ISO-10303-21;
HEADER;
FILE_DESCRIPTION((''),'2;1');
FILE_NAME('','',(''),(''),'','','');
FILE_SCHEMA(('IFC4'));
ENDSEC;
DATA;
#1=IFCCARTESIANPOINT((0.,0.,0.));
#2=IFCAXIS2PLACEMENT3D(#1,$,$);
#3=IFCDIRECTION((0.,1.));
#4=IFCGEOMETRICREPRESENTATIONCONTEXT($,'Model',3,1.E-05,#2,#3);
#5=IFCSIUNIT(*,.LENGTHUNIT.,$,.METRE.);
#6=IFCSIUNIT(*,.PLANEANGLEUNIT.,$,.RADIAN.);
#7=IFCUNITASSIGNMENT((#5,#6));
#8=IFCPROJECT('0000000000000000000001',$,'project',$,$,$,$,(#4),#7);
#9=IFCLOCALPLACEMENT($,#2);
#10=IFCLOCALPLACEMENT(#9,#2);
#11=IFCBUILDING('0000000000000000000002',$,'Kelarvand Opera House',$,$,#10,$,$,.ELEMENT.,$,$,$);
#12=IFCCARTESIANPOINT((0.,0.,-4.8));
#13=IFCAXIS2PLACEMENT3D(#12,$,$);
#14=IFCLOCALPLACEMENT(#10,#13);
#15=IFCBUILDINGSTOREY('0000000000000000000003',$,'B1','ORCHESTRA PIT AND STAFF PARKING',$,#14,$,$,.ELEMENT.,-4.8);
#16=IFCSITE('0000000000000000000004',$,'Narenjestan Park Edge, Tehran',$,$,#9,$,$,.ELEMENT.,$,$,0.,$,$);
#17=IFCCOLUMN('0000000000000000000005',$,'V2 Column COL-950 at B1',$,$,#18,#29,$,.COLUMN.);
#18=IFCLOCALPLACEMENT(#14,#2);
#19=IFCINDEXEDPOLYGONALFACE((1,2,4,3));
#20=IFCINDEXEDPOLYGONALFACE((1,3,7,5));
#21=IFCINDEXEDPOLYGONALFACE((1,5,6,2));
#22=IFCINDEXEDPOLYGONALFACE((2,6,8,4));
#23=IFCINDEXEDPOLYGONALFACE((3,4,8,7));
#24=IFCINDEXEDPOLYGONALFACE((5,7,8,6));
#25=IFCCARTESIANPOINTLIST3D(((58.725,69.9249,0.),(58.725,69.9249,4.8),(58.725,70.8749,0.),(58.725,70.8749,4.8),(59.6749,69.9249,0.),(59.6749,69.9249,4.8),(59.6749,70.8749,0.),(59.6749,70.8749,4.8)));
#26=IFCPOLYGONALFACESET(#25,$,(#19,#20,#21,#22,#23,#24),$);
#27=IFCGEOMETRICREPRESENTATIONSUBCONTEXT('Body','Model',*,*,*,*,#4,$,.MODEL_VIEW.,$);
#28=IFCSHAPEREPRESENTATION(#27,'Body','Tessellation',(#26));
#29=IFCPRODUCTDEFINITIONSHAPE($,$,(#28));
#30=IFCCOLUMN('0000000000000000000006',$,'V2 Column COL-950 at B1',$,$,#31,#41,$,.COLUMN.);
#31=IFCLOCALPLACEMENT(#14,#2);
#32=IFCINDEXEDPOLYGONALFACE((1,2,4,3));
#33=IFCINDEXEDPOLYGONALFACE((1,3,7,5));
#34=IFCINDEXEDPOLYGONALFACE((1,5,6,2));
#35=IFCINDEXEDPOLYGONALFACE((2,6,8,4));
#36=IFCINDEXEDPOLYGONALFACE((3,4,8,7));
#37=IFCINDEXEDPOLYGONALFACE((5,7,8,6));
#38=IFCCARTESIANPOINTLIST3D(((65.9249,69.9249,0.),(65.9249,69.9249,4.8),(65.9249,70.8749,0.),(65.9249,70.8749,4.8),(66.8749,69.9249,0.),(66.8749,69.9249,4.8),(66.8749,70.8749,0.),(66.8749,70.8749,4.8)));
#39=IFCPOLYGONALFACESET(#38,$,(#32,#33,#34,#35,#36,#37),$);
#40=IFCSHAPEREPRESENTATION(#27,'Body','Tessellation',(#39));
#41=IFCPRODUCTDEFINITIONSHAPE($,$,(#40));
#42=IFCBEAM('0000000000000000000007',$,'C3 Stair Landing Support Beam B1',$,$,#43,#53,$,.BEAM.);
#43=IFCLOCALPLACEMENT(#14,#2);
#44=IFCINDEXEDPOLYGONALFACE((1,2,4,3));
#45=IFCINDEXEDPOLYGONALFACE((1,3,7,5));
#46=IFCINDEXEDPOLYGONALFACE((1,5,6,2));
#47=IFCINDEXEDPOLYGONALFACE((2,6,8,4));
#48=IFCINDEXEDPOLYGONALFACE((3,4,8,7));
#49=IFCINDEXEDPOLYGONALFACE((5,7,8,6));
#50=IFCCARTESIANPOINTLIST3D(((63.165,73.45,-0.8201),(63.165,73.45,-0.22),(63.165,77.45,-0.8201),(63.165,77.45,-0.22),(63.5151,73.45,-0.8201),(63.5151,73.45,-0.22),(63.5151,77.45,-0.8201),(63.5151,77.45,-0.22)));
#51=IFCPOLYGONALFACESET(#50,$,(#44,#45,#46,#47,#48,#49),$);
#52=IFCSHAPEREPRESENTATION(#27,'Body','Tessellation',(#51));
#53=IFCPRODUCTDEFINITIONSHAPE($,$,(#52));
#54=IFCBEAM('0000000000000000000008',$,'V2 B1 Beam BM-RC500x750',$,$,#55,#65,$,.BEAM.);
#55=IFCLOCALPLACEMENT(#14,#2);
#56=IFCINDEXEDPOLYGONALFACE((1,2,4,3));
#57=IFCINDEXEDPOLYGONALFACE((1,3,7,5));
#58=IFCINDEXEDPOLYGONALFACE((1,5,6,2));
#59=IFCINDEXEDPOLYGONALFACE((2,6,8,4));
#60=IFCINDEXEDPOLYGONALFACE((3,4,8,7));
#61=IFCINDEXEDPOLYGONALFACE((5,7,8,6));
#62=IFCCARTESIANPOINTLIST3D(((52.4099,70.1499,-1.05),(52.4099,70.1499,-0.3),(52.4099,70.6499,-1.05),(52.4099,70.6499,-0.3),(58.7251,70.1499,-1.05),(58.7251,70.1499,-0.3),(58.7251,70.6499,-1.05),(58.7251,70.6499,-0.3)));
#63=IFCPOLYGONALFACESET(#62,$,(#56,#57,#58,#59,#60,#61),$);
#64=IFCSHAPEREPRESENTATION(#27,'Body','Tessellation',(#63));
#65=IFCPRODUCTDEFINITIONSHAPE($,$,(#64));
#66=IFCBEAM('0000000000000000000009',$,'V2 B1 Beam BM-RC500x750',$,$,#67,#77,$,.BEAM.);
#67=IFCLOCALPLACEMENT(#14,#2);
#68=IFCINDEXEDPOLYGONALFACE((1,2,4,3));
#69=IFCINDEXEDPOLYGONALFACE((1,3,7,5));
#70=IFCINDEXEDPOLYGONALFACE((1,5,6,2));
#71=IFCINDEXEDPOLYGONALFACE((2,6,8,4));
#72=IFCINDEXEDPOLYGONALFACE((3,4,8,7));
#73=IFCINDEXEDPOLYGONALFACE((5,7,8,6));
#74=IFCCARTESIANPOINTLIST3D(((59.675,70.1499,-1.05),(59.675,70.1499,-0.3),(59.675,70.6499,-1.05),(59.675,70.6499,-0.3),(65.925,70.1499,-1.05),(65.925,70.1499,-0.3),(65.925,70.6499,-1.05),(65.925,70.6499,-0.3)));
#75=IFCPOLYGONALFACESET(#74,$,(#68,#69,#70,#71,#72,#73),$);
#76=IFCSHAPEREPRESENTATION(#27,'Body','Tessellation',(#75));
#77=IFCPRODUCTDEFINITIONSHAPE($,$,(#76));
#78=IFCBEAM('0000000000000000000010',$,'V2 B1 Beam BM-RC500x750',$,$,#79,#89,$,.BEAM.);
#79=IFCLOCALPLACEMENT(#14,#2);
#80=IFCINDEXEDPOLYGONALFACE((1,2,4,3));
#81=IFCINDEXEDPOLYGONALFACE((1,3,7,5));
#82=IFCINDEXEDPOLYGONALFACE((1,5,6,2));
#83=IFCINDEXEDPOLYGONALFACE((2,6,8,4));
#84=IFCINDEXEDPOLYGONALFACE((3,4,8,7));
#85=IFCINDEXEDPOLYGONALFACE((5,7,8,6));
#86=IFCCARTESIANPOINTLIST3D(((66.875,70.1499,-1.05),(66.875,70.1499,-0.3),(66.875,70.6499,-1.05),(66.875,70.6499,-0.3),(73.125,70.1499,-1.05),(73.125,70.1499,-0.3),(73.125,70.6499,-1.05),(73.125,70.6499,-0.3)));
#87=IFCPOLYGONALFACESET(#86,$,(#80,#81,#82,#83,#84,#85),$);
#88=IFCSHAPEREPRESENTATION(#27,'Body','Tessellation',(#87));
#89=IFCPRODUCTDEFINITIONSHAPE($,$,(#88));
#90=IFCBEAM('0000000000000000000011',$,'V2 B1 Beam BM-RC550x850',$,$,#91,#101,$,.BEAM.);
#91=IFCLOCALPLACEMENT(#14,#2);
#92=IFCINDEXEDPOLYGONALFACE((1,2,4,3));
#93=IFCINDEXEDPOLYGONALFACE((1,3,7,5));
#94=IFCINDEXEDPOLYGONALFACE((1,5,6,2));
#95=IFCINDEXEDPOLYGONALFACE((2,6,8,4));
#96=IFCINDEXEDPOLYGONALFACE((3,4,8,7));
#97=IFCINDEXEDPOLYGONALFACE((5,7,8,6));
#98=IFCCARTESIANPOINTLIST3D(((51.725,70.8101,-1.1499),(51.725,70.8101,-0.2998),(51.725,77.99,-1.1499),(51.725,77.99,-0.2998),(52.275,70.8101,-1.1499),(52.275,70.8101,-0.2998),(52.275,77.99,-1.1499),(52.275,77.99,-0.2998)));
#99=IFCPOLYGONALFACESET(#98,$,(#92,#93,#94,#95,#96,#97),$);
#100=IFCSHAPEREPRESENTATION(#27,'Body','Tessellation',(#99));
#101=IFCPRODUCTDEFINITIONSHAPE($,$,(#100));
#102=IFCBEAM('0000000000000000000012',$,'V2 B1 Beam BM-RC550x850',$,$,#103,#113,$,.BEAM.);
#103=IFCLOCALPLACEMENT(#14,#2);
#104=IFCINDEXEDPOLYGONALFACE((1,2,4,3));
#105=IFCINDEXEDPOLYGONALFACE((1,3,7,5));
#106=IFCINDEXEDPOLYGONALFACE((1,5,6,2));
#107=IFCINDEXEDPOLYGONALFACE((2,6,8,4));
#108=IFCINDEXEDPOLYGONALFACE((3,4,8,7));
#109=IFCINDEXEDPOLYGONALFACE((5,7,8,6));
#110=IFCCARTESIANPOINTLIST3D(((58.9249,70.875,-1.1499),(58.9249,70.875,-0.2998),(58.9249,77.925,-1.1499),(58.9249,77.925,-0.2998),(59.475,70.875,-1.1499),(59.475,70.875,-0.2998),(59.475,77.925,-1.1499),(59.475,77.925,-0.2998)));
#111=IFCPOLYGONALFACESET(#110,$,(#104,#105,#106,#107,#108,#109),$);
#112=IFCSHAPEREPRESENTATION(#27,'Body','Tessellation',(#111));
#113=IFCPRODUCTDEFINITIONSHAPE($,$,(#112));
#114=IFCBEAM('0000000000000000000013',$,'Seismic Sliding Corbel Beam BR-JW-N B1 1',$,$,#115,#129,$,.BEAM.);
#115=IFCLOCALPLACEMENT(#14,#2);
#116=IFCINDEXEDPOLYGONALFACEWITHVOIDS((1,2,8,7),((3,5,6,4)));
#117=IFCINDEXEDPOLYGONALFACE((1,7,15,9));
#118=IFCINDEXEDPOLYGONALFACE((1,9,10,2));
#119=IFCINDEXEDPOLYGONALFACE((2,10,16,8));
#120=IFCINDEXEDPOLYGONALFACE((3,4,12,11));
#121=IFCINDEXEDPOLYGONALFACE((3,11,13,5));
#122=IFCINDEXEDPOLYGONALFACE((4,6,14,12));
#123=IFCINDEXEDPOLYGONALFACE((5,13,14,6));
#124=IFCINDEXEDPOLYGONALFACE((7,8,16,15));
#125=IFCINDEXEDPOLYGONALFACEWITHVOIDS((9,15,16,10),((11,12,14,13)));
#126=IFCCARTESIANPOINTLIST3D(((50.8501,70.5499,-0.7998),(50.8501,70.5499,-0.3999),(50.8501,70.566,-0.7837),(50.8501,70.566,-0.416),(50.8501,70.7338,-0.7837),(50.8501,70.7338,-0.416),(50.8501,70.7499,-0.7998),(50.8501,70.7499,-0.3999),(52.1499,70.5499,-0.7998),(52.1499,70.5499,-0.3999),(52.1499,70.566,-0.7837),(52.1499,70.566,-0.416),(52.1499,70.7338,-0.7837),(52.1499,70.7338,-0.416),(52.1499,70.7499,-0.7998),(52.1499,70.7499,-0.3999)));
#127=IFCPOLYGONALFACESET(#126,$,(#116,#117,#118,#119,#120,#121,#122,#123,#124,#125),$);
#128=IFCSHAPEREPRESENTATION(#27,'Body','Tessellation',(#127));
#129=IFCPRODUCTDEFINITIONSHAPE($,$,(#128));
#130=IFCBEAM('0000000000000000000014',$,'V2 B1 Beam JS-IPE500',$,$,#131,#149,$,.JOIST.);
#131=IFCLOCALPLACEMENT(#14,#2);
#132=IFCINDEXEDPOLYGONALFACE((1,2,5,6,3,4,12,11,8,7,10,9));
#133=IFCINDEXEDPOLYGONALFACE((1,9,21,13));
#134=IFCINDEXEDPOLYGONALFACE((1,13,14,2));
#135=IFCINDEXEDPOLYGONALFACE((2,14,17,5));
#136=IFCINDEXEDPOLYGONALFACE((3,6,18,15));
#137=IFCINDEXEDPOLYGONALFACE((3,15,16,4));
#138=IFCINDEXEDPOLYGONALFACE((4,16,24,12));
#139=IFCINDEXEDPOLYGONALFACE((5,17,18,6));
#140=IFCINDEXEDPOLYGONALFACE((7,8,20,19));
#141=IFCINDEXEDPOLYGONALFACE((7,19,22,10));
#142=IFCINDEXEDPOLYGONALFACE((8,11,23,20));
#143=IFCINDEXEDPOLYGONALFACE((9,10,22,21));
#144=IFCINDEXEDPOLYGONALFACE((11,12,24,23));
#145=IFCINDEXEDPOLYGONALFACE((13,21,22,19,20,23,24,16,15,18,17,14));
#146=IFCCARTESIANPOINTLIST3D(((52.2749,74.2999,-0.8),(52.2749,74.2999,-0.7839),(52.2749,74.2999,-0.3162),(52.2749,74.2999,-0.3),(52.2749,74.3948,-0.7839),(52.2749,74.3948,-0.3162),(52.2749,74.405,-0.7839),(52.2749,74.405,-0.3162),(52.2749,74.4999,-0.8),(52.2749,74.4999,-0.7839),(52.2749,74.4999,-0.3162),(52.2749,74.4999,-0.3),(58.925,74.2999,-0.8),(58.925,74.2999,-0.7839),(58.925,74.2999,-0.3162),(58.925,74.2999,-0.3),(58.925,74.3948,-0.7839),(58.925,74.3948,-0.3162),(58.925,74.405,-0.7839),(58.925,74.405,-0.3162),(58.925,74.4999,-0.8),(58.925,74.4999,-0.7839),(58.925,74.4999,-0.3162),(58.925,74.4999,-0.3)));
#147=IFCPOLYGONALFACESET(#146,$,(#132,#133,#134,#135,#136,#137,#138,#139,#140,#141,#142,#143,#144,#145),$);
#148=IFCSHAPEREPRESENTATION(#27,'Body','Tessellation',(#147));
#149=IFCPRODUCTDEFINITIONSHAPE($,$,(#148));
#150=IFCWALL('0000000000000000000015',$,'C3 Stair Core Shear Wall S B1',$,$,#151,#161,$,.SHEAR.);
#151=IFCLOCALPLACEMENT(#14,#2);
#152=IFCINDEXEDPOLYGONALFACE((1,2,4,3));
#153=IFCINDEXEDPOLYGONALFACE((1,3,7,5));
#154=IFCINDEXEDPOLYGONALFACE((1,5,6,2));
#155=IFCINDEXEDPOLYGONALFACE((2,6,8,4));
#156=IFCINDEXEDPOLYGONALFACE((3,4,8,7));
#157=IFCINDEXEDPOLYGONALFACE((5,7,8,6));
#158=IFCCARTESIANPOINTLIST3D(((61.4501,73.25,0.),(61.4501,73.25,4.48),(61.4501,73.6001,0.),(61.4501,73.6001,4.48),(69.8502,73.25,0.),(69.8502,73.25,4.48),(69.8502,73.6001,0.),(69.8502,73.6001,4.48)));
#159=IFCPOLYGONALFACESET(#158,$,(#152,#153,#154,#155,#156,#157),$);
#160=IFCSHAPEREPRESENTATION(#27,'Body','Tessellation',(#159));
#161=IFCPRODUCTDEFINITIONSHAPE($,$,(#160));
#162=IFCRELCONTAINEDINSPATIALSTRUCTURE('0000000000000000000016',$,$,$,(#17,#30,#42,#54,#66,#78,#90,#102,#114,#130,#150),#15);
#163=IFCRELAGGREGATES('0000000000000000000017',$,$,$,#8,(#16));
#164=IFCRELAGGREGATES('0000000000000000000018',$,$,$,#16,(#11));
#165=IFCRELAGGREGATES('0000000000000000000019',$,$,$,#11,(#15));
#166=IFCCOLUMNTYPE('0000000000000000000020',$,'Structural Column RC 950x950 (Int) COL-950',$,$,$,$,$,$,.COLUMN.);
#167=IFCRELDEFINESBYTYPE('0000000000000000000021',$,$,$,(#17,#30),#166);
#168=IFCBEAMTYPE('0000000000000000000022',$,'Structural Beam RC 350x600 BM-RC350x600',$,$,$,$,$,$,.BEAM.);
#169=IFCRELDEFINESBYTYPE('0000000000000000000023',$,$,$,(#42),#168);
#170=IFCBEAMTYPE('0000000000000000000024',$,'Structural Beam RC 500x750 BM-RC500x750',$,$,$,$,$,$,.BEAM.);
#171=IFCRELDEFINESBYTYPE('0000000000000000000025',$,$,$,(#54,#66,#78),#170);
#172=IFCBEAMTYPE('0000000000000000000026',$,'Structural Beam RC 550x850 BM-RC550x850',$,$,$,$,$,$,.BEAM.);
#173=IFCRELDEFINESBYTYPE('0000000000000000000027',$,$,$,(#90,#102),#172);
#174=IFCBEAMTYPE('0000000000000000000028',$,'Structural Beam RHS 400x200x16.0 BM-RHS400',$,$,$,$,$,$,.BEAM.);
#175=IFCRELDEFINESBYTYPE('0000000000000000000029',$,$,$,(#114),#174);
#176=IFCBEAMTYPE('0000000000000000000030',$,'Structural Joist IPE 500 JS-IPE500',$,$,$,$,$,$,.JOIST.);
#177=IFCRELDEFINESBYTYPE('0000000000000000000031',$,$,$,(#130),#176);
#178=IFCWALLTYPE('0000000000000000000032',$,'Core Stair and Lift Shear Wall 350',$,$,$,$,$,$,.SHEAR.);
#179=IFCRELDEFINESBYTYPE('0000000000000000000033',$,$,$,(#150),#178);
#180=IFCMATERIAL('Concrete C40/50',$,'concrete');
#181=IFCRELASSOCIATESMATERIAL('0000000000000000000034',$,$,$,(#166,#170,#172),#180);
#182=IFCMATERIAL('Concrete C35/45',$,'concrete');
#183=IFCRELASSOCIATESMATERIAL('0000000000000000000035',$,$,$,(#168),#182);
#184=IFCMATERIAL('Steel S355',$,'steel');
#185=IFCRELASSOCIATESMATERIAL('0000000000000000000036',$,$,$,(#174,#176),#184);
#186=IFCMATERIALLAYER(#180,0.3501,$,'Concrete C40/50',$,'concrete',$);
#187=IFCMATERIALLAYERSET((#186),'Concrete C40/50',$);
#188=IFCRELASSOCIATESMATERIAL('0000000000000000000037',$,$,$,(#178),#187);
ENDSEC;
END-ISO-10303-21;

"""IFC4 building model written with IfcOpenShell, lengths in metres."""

from ifc_helpers import new_model, si_unit, direction, frame, frame_2d, origin, origin_2d, place, context, subcontext, project, spatial, rectangle, hollow_rectangle, i_section, extrude, material, layer, layer_set, material_profile, profile_set, type_object, element, save


model = new_model("IFC4")

# Units and contexts
model_context = context("Model", 3, precision=1e-05, world=origin(), true_north=direction((0.0, 1.0)))
body_context = subcontext(model_context, "Body", "Model", "MODEL_VIEW")
ifc_project = project(units=[si_unit("LENGTHUNIT", "METRE"), si_unit("PLANEANGLEUNIT", "RADIAN")], contexts=[model_context])

# Site, building, storey
site_placement = place(None, origin())
site = spatial("IfcSite", under=ifc_project, at=site_placement, Name="Narenjestan Park Edge, Tehran", CompositionType="ELEMENT", RefElevation=0.0)
building_placement = place(site_placement, origin())
building = spatial("IfcBuilding", under=site, at=building_placement, Name="Kelarvand Opera House", CompositionType="ELEMENT")
storey_placement = place(building_placement, frame((0.0, 0.0, -4.8)))
storey = spatial("IfcBuildingStorey", under=building, at=storey_placement, Name="B1", Description="ORCHESTRA PIT AND STAFF PARKING", CompositionType="ELEMENT", Elevation=-4.8)

# Columns
ifc_material_1 = material(Name="Concrete C40/50", Category="concrete")
ifc_material_profile_1 = material_profile(ifc_material_1, rectangle(XDim=0.95, YDim=0.95, at=origin_2d()), Name="RC 950x950", Category="concrete")
ifc_profile_set_1 = profile_set([ifc_material_profile_1], Name="Concrete C40/50")
column_type = type_object("IfcColumnType", Name="Structural Column RC 950x950 (Int) COL-950", PredefinedType="COLUMN", material=ifc_profile_set_1)
for number, where, z_axis, x_axis, name in (
    (1, (59.2, 70.3999, 0.0), (0.0, 0.0, 1.0), (1.0, 0.0, 0.0), "V2 Column COL-950 at B1"),
    (2, (66.3999, 70.3999, 0.0), (0.0, 0.0, 1.0), (1.0, 0.0, 0.0), "V2 Column COL-950 at B1"),
):
    element("IfcColumn", number, at=place(storey_placement, frame(where, z_axis=z_axis, x_axis=x_axis)), inside=storey, type_object=column_type, Name=name, PredefinedType="COLUMN", context=body_context, shape_type="SweptSolid", body=[
        extrude(rectangle(XDim=0.95, YDim=0.95, at=origin_2d()), origin(), (0.0, 0.0, 1.0), 4.8),
    ])

# Beams
ifc_material_2 = material(Name="Concrete C35/45", Category="concrete")
ifc_material_profile_2 = material_profile(ifc_material_2, rectangle(XDim=0.3501, YDim=0.6001, at=origin_2d()), Name="RC 350x600", Category="concrete")
ifc_profile_set_2 = profile_set([ifc_material_profile_2], Name="Concrete C35/45")
beam_type_1 = type_object("IfcBeamType", Name="Structural Beam RC 350x600 BM-RC350x600", PredefinedType="BEAM", material=ifc_profile_set_2)
beam_1_placement = place(storey_placement, frame((63.3401, 73.45, -0.52), z_axis=(0.0, 1.0, 0.0), x_axis=(-1.0, 0.0, 0.0)))
element("IfcBeam", 3, at=beam_1_placement, inside=storey, type_object=beam_type_1, Name="C3 Stair Landing Support Beam B1", PredefinedType="BEAM", context=body_context, shape_type="SweptSolid", body=[
    extrude(rectangle(XDim=0.3501, YDim=0.6001, at=origin_2d()), origin(), (0.0, 0.0, 1.0), 4.0),
])
ifc_material_profile_3 = material_profile(ifc_material_1, rectangle(XDim=0.5, YDim=0.75, at=origin_2d()), Name="RC 500x750", Category="concrete")
ifc_profile_set_3 = profile_set([ifc_material_profile_3], Name="Concrete C40/50")
beam_type_2 = type_object("IfcBeamType", Name="Structural Beam RC 500x750 BM-RC500x750", PredefinedType="BEAM", material=ifc_profile_set_3)
beam_2_placement = place(storey_placement, frame((52.4099, 70.3999, -0.675), z_axis=(1.0, 0.0, 0.0), x_axis=(0.0, 1.0, 0.0)))
element("IfcBeam", 4, at=beam_2_placement, inside=storey, type_object=beam_type_2, Name="V2 B1 Beam BM-RC500x750", PredefinedType="BEAM", context=body_context, shape_type="SweptSolid", body=[
    extrude(rectangle(XDim=0.5, YDim=0.75, at=origin_2d()), origin(), (0.0, 0.0, 1.0), 6.3152),
])
for number, where, z_axis, x_axis, name in (
    (5, (59.675, 70.3999, -0.675), (1.0, 0.0, 0.0), (0.0, 1.0, 0.0), "V2 B1 Beam BM-RC500x750"),
    (6, (66.875, 70.3999, -0.675), (1.0, 0.0, 0.0), (0.0, 1.0, 0.0), "V2 B1 Beam BM-RC500x750"),
):
    element("IfcBeam", number, at=place(storey_placement, frame(where, z_axis=z_axis, x_axis=x_axis)), inside=storey, type_object=beam_type_2, Name=name, PredefinedType="BEAM", context=body_context, shape_type="SweptSolid", body=[
        extrude(rectangle(XDim=0.5, YDim=0.75, at=origin_2d()), origin(), (0.0, 0.0, 1.0), 6.25),
    ])
ifc_material_profile_4 = material_profile(ifc_material_1, rectangle(XDim=0.55, YDim=0.8501, at=origin_2d()), Name="RC 550x850", Category="concrete")
ifc_profile_set_4 = profile_set([ifc_material_profile_4], Name="Concrete C40/50")
beam_type_3 = type_object("IfcBeamType", Name="Structural Beam RC 550x850 BM-RC550x850", PredefinedType="BEAM", material=ifc_profile_set_4)
beam_3_placement = place(storey_placement, frame((52.0, 70.8101, -0.7249), z_axis=(0.0, 1.0, 0.0), x_axis=(-1.0, 0.0, 0.0)))
element("IfcBeam", 7, at=beam_3_placement, inside=storey, type_object=beam_type_3, Name="V2 B1 Beam BM-RC550x850", PredefinedType="BEAM", context=body_context, shape_type="SweptSolid", body=[
    extrude(rectangle(XDim=0.55, YDim=0.8501, at=origin_2d()), origin(), (0.0, 0.0, 1.0), 7.1799),
])
beam_4_placement = place(storey_placement, frame((59.2, 70.875, -0.7249), z_axis=(0.0, 1.0, 0.0), x_axis=(-1.0, 0.0, 0.0)))
element("IfcBeam", 8, at=beam_4_placement, inside=storey, type_object=beam_type_3, Name="V2 B1 Beam BM-RC550x850", PredefinedType="BEAM", context=body_context, shape_type="SweptSolid", body=[
    extrude(rectangle(XDim=0.55, YDim=0.8501, at=origin_2d()), origin(), (0.0, 0.0, 1.0), 7.05),
])
ifc_material_3 = material(Name="Steel S355", Category="steel")
ifc_material_profile_5 = material_profile(ifc_material_3, hollow_rectangle(XDim=0.2, YDim=0.3999, WallThickness=0.0161, at=origin_2d()), Name="RHS 400x200x16.0", Category="steel")
ifc_profile_set_5 = profile_set([ifc_material_profile_5], Name="Steel S355")
beam_type_4 = type_object("IfcBeamType", Name="Structural Beam RHS 400x200x16.0 BM-RHS400", PredefinedType="BEAM", material=ifc_profile_set_5)
beam_5_placement = place(storey_placement, frame((50.8501, 70.6499, -0.5999), z_axis=(1.0, 0.0, 0.0), x_axis=(0.0, 1.0, 0.0)))
element("IfcBeam", 9, at=beam_5_placement, inside=storey, type_object=beam_type_4, Name="Seismic Sliding Corbel Beam BR-JW-N B1 1", PredefinedType="BEAM", context=body_context, shape_type="SweptSolid", body=[
    extrude(hollow_rectangle(XDim=0.2, YDim=0.3999, WallThickness=0.0161, at=origin_2d()), origin(), (0.0, 0.0, 1.0), 1.2998),
])
ifc_material_profile_6 = material_profile(ifc_material_3, i_section(OverallWidth=0.2, OverallDepth=0.5, WebThickness=0.0103, FlangeThickness=0.0161, at=origin_2d()), Name="IPE 500", Category="steel")
ifc_profile_set_6 = profile_set([ifc_material_profile_6], Name="Steel S355")
beam_type_5 = type_object("IfcBeamType", Name="Structural Joist IPE 500 JS-IPE500", PredefinedType="JOIST", material=ifc_profile_set_6)
beam_6_placement = place(storey_placement, frame((52.2749, 74.3999, -0.55), z_axis=(1.0, 0.0, 0.0), x_axis=(0.0, 1.0, 0.0)))
element("IfcBeam", 10, at=beam_6_placement, inside=storey, type_object=beam_type_5, Name="V2 B1 Beam JS-IPE500", PredefinedType="JOIST", context=body_context, shape_type="SweptSolid", body=[
    extrude(i_section(OverallWidth=0.2, OverallDepth=0.5, WebThickness=0.0103, FlangeThickness=0.0161, at=origin_2d()), origin(), (0.0, 0.0, 1.0), 6.6501),
])

# Wall
ifc_layer_1 = layer(ifc_material_1, 0.3501, Name="Concrete C40/50", Category="concrete")
ifc_layer_set_1 = layer_set([ifc_layer_1], Name="Concrete C40/50")
wall_type_1 = type_object("IfcWallType", Name="Core Stair and Lift Shear Wall 350", PredefinedType="SHEAR", material=ifc_layer_set_1)
wall_1_placement = place(storey_placement, frame((61.45, 73.425, 0.0), z_axis=(0.0, 0.0, 1.0), x_axis=(1.0, 0.0, 0.0)))
element("IfcWall", 11, at=wall_1_placement, inside=storey, type_object=wall_type_1, Name="C3 Stair Core Shear Wall S B1", PredefinedType="SHEAR", context=body_context, shape_type="SweptSolid", body=[
    extrude(rectangle(XDim=8.4001, YDim=0.3501, at=frame_2d((4.2002, 0.0))), origin(), (0.0, 0.0, 1.0), 4.48),
])

save(model, "model.ifc")
